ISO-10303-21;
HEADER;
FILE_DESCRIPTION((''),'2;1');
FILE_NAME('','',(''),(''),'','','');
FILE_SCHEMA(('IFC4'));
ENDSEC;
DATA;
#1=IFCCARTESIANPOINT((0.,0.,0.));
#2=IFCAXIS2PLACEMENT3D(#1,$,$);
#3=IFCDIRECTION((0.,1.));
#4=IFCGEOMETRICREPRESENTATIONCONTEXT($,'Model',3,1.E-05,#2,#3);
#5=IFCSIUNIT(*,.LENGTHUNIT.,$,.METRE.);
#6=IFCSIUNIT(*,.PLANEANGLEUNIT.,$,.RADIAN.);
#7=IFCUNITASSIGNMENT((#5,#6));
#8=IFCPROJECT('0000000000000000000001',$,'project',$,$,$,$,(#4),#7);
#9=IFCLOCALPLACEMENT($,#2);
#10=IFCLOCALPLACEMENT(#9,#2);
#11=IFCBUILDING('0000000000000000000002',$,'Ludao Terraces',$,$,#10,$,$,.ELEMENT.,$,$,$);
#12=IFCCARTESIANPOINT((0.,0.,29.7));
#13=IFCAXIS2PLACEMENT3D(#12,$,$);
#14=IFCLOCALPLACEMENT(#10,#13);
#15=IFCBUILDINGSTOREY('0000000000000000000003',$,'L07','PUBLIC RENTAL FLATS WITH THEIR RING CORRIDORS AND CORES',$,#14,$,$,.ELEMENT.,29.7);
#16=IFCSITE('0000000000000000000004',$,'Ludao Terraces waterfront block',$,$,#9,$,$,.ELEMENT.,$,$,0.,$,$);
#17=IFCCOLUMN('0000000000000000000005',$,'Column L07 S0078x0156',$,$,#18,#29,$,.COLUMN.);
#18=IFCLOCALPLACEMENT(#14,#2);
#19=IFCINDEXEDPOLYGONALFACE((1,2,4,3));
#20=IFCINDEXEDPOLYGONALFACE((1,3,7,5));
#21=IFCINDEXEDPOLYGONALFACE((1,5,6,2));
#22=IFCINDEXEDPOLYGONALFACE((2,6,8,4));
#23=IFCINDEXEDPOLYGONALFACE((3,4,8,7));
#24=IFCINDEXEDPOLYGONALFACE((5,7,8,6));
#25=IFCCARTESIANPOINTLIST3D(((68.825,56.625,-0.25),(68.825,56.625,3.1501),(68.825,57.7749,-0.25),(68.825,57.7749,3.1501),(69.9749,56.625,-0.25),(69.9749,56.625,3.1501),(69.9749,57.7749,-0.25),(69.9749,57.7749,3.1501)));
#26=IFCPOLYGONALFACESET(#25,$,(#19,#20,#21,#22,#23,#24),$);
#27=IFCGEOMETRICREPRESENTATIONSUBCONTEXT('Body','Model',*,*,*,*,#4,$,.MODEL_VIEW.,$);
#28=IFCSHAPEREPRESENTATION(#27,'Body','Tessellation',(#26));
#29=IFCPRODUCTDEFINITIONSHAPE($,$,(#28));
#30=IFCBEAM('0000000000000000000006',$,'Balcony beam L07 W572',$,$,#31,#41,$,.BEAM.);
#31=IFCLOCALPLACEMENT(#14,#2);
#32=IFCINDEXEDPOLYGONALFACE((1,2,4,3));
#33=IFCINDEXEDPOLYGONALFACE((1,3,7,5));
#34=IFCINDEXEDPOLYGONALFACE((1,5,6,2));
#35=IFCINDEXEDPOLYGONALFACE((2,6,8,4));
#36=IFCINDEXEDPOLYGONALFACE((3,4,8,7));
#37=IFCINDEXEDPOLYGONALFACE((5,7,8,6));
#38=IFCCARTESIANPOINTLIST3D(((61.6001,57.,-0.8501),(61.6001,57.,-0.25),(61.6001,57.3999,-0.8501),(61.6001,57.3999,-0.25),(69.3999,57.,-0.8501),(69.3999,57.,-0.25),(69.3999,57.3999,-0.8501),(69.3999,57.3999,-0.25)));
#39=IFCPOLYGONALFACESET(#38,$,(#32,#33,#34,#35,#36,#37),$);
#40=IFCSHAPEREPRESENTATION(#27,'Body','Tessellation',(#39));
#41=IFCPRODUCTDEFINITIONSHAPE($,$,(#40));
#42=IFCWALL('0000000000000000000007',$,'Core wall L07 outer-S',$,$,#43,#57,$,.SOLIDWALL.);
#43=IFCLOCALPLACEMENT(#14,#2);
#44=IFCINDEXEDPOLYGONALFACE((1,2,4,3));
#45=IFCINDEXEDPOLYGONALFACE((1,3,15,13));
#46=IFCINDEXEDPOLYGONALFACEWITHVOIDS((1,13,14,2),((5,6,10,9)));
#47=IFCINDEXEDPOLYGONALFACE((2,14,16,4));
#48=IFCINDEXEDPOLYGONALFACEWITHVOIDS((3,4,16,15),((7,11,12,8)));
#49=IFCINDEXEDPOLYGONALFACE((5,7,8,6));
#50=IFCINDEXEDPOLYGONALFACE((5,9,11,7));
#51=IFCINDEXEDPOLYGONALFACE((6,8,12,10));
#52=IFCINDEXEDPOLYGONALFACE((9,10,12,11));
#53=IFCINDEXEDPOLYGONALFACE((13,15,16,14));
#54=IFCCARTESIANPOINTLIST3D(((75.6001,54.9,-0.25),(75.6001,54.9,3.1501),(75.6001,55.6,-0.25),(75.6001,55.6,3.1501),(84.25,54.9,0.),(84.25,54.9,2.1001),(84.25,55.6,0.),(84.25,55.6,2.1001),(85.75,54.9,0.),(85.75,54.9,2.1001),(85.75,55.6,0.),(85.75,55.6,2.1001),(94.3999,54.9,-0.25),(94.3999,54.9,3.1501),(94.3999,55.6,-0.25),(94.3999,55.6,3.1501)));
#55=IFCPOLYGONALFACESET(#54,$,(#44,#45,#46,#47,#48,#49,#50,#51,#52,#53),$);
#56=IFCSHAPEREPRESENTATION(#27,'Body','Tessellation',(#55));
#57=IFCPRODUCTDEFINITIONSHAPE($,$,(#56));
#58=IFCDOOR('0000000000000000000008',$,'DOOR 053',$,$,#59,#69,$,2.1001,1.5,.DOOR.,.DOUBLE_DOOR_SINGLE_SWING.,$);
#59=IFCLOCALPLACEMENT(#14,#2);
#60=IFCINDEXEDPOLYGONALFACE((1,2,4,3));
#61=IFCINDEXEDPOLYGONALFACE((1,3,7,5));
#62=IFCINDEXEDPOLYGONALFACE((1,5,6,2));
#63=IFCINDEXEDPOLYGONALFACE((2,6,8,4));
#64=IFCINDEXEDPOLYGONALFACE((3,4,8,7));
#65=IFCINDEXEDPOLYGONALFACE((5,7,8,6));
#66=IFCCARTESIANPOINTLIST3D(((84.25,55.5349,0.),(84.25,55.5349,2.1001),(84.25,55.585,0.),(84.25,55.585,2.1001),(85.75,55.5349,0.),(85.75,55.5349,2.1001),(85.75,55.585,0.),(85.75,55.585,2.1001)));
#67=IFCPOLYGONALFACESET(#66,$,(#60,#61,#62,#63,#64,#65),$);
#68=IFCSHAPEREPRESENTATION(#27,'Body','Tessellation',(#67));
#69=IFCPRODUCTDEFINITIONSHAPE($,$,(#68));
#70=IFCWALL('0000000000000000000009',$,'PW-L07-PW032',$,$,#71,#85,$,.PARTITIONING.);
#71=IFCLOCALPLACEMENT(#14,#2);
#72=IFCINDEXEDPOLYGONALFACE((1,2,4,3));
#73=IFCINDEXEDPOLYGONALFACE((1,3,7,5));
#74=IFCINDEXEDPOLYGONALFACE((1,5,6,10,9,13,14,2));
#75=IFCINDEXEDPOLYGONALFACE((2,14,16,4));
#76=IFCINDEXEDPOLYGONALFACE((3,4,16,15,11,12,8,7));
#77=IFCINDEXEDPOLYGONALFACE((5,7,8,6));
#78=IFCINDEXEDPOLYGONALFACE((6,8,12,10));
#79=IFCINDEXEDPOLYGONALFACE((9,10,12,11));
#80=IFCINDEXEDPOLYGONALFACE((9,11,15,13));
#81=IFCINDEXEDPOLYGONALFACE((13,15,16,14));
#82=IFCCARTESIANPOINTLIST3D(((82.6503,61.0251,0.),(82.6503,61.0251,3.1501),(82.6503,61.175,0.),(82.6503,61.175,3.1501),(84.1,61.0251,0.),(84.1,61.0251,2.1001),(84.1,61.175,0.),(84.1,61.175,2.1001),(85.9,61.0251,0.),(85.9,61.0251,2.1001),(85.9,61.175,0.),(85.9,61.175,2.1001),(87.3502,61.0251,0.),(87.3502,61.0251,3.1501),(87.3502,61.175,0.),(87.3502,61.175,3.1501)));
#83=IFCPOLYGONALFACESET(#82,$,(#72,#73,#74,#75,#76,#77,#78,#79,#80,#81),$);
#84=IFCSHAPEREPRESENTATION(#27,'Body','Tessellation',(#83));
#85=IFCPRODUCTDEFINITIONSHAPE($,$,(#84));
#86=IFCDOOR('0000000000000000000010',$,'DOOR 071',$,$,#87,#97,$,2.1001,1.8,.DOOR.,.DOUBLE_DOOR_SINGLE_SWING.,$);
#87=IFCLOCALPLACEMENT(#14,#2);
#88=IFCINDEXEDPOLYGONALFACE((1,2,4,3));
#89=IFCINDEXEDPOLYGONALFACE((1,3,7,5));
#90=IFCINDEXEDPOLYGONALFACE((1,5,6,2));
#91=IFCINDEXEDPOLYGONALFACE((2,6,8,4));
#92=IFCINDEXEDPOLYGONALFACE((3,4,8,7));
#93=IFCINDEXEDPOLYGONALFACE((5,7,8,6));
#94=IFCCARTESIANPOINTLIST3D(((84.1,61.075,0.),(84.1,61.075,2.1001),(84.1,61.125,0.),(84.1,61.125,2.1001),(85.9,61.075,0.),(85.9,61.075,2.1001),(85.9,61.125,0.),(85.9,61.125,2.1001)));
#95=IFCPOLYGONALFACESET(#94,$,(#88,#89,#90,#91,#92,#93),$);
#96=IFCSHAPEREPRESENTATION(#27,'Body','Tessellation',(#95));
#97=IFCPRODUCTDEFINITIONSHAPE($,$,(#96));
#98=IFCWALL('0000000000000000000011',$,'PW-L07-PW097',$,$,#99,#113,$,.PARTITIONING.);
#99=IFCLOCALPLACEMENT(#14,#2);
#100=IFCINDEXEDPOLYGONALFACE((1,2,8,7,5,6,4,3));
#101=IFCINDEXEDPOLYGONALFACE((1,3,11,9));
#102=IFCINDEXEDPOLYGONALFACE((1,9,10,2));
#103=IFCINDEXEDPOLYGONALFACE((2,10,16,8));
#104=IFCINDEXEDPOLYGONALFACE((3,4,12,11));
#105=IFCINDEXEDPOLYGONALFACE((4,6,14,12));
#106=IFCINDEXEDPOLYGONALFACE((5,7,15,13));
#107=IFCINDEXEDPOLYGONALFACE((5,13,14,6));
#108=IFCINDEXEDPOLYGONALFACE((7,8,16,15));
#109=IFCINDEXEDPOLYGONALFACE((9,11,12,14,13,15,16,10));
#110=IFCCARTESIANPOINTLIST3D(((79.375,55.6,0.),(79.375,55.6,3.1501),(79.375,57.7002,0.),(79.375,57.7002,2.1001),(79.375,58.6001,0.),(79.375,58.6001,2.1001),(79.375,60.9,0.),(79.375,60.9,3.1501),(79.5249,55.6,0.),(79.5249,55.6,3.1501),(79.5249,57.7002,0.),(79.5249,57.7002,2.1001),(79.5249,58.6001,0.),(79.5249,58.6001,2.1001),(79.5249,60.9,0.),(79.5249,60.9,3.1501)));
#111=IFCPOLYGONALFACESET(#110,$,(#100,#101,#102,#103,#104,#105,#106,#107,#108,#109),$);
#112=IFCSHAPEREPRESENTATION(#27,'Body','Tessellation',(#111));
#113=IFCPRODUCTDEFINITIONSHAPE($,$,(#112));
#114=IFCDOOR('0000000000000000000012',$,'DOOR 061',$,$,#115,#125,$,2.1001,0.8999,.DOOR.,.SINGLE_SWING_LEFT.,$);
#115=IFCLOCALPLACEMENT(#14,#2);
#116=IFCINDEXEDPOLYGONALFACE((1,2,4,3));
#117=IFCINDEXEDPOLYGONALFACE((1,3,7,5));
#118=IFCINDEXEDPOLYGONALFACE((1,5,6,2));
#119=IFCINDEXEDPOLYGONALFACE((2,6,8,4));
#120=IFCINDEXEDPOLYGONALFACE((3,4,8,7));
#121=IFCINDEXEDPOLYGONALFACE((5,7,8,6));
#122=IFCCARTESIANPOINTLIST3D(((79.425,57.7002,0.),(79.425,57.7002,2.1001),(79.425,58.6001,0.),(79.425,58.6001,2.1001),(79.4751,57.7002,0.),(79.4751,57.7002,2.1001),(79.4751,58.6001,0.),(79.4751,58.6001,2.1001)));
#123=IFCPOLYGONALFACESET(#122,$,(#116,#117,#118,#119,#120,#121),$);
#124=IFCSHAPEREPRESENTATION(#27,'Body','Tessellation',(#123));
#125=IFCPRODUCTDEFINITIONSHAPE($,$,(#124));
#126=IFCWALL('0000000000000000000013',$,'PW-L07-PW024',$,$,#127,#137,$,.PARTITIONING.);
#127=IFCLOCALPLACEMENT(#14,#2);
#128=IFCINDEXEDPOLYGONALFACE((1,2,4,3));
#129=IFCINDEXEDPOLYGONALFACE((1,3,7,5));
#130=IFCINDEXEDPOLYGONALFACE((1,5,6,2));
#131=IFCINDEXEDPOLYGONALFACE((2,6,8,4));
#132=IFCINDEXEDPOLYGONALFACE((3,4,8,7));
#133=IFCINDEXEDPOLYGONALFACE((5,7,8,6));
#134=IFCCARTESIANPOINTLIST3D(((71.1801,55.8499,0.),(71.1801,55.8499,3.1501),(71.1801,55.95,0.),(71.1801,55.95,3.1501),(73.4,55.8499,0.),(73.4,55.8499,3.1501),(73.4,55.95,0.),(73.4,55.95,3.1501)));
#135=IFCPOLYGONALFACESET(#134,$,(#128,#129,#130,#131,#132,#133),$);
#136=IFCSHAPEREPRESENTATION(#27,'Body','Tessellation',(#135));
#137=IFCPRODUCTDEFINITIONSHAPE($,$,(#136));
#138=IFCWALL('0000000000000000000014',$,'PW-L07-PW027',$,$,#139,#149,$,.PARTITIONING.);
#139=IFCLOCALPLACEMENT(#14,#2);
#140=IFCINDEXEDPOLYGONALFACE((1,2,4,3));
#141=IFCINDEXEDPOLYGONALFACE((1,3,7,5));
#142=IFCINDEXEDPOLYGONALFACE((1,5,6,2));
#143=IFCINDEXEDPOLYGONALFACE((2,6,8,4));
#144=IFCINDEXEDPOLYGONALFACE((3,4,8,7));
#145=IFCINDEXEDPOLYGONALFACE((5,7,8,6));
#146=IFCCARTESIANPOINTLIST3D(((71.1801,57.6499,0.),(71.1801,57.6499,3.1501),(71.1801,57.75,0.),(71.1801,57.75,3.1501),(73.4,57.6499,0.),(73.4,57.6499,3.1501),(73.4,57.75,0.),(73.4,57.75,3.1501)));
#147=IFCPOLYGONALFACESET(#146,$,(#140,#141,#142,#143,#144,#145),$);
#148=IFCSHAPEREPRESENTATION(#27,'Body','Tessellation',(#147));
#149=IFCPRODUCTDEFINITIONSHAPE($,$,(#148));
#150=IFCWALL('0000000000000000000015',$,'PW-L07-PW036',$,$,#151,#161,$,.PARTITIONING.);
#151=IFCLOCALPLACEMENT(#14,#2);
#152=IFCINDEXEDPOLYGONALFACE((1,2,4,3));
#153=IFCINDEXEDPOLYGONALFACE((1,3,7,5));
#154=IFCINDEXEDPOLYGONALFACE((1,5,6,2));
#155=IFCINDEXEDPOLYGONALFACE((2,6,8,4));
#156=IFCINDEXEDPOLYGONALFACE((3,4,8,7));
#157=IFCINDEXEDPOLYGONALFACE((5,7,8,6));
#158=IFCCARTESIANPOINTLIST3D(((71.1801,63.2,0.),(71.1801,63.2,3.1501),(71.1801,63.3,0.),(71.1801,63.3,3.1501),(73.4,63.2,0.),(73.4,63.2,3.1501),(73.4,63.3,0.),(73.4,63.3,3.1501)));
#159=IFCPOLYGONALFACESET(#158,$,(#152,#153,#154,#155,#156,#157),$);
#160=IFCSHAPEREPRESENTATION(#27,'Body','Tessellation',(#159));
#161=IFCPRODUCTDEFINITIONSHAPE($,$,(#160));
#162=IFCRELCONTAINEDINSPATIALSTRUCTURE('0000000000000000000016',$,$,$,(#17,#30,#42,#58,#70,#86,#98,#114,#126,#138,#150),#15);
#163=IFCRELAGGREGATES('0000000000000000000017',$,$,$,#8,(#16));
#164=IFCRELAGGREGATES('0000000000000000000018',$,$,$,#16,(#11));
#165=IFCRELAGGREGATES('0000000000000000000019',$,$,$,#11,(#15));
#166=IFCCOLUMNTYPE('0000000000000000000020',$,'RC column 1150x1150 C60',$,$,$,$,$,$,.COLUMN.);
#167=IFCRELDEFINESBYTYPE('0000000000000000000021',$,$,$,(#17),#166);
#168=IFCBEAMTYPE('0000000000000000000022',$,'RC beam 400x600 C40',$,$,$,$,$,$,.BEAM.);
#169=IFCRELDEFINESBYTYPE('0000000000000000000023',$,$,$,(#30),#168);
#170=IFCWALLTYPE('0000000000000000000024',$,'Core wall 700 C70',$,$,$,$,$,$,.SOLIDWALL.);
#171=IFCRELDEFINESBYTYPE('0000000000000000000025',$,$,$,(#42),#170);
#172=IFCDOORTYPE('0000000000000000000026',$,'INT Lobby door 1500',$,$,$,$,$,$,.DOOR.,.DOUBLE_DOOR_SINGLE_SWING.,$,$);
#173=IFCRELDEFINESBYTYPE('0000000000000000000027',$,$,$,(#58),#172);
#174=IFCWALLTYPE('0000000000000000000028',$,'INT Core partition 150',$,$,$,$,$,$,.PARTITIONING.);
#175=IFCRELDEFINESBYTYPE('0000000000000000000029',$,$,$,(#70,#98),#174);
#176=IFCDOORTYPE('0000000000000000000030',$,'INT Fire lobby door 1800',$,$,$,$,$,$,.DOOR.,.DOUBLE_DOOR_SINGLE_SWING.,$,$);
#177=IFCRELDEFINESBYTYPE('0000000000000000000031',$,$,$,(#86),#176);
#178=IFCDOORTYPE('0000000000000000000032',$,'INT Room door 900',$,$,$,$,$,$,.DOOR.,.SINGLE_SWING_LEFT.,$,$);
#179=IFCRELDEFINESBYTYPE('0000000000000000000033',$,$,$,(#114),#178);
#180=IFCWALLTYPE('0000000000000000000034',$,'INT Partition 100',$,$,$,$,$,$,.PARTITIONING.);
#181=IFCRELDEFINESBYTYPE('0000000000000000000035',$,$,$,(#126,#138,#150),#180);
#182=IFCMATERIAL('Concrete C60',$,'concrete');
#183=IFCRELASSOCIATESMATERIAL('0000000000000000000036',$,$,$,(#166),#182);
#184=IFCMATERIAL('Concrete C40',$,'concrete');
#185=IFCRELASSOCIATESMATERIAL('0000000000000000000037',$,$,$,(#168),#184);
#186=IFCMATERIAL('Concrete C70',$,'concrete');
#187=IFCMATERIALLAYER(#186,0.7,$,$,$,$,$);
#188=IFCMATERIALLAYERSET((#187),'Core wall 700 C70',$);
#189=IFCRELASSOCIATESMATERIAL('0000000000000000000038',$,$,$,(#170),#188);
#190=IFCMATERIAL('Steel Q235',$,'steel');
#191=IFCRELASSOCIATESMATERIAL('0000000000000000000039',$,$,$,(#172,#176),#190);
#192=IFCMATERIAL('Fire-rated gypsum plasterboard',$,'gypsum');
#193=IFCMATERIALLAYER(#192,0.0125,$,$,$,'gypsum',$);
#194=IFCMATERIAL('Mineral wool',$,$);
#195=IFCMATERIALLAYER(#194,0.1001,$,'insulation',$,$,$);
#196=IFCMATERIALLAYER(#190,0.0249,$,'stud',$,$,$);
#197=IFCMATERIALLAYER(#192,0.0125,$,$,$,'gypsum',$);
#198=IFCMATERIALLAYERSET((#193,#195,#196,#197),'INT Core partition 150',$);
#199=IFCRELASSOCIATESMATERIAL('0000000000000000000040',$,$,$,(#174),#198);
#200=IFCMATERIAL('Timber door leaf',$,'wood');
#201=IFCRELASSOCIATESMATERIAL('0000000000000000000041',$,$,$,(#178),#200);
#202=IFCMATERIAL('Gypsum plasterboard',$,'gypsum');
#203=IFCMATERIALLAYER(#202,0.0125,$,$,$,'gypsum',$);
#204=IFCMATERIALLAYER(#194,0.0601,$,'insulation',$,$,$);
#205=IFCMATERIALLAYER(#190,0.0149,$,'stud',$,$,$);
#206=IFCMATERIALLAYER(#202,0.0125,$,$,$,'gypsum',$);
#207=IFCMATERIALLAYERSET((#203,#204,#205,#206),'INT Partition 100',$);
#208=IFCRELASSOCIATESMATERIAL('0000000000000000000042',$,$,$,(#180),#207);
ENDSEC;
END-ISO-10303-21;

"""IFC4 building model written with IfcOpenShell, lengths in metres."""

from ifc_helpers import new_model, si_unit, direction, frame, frame_2d, origin, origin_2d, place, context, subcontext, project, spatial, rectangle, extrude, material, layer, layer_set, material_profile, profile_set, type_object, element, fill, save


model = new_model("IFC4")

# Units and contexts
model_context = context("Model", 3, precision=1e-05, world=origin(), true_north=direction((0.0, 1.0)))
body_context = subcontext(model_context, "Body", "Model", "MODEL_VIEW")
ifc_project = project(units=[si_unit("LENGTHUNIT", "METRE"), si_unit("PLANEANGLEUNIT", "RADIAN")], contexts=[model_context])

# Site, building, storey
site_placement = place(None, origin())
site = spatial("IfcSite", under=ifc_project, at=site_placement, Name="Ludao Terraces waterfront block", CompositionType="ELEMENT", RefElevation=0.0)
building_placement = place(site_placement, origin())
building = spatial("IfcBuilding", under=site, at=building_placement, Name="Ludao Terraces", CompositionType="ELEMENT")
storey_placement = place(building_placement, frame((0.0, 0.0, 29.7)))
storey = spatial("IfcBuildingStorey", under=building, at=storey_placement, Name="L07", Description="PUBLIC RENTAL FLATS WITH THEIR RING CORRIDORS AND CORES", CompositionType="ELEMENT", Elevation=29.7)

# Column
ifc_material_1 = material(Name="Concrete C60", Category="concrete")
ifc_material_profile_1 = material_profile(ifc_material_1, rectangle(XDim=1.1499, YDim=1.1499, at=origin_2d()), Name="1150 X 1150")
ifc_profile_set_1 = profile_set([ifc_material_profile_1], Name="Concrete C60")
column_type = type_object("IfcColumnType", Name="RC column 1150x1150 C60", PredefinedType="COLUMN", material=ifc_profile_set_1)
column_placement = place(storey_placement, frame((69.3999, 57.2, -0.25), z_axis=(0.0, 0.0, 1.0), x_axis=(1.0, 0.0, 0.0)))
element("IfcColumn", 1, at=column_placement, inside=storey, type_object=column_type, Name="Column L07 S0078x0156", PredefinedType="COLUMN", context=body_context, shape_type="SweptSolid", body=[
    extrude(rectangle(XDim=1.1499, YDim=1.1499, at=origin_2d()), origin(), (0.0, 0.0, 1.0), 3.4001),
])

# Beam
ifc_material_2 = material(Name="Concrete C40", Category="concrete")
ifc_material_profile_2 = material_profile(ifc_material_2, rectangle(XDim=0.3999, YDim=0.6001, at=origin_2d()), Name="400 X 600")
ifc_profile_set_2 = profile_set([ifc_material_profile_2], Name="Concrete C40")
beam_type = type_object("IfcBeamType", Name="RC beam 400x600 C40", PredefinedType="BEAM", material=ifc_profile_set_2)
beam_placement = place(storey_placement, frame((69.3999, 57.2, -0.55), z_axis=(-1.0, 0.0, 0.0), x_axis=(0.0, -1.0, 0.0)))
element("IfcBeam", 2, at=beam_placement, inside=storey, type_object=beam_type, Name="Balcony beam L07 W572", PredefinedType="BEAM", context=body_context, shape_type="SweptSolid", body=[
    extrude(rectangle(XDim=0.3999, YDim=0.6001, at=origin_2d()), origin(), (0.0, 0.0, 1.0), 7.7998),
])

# Walls, openings, doors
ifc_material_3 = material(Name="Concrete C70", Category="concrete")
ifc_layer_1 = layer(ifc_material_3, 0.7)
ifc_layer_set_1 = layer_set([ifc_layer_1], Name="Core wall 700 C70")
wall_type_1 = type_object("IfcWallType", Name="Core wall 700 C70", PredefinedType="SOLIDWALL", material=ifc_layer_set_1)
wall_1_placement = place(storey_placement, frame((75.6001, 55.25, -0.25), z_axis=(0.0, 0.0, 1.0), x_axis=(1.0, 0.0, 0.0)))
wall_1 = element("IfcWall", 3, at=wall_1_placement, inside=storey, type_object=wall_type_1, Name="Core wall L07 outer-S", PredefinedType="SOLIDWALL", context=body_context, shape_type="SweptSolid", body=[
    extrude(rectangle(XDim=18.7998, YDim=0.7, at=frame_2d((9.3999, 0.0))), origin(), (0.0, 0.0, 1.0), 3.4001),
])
opening_1_placement = place(wall_1_placement, frame((8.6499, 0.0, 0.25)))
opening_1 = element("IfcOpeningElement", 4, at=opening_1_placement, cuts=wall_1, PredefinedType="OPENING", context=body_context, shape_type="SweptSolid", body=[
    extrude(rectangle(XDim=1.5, YDim=2.1001, at=frame_2d((0.75, 1.05))), frame((0.0, 0.3599, 0.0), z_axis=(0.0, -1.0, 0.0), x_axis=(1.0, 0.0, 0.0)), (0.0, 0.0, 1.0), 0.72),
])
ifc_material_4 = material(Name="Steel Q235", Category="steel")
door_type_1 = type_object("IfcDoorType", Name="INT Lobby door 1500", OperationType="DOUBLE_DOOR_SINGLE_SWING", PredefinedType="DOOR", material=ifc_material_4)
door_1_placement = place(opening_1_placement, origin())
door_1 = element("IfcDoor", 5, at=door_1_placement, inside=storey, type_object=door_type_1, Name="DOOR 053", OperationType="DOUBLE_DOOR_SINGLE_SWING", OverallHeight=2.1001, OverallWidth=1.5, PredefinedType="DOOR", context=body_context, shape_type="SweptSolid", body=[
    extrude(rectangle(XDim=1.5, YDim=2.1001, at=frame_2d((0.75, 1.05))), frame((0.0, 0.335, 0.0), z_axis=(0.0, -1.0, 0.0), x_axis=(1.0, 0.0, 0.0)), (0.0, 0.0, 1.0), 0.05),
])
fill(opening_1, door_1)
ifc_material_5 = material(Name="Fire-rated gypsum plasterboard", Category="gypsum")
ifc_layer_2 = layer(ifc_material_5, 0.0125, Category="gypsum")
ifc_material_6 = material(Name="Mineral wool")
ifc_layer_3 = layer(ifc_material_6, 0.1001, Name="insulation")
ifc_layer_4 = layer(ifc_material_4, 0.0249, Name="stud")
ifc_layer_5 = layer(ifc_material_5, 0.0125, Category="gypsum")
ifc_layer_set_2 = layer_set([ifc_layer_2, ifc_layer_3, ifc_layer_4, ifc_layer_5], Name="INT Core partition 150")
wall_type_2 = type_object("IfcWallType", Name="INT Core partition 150", PredefinedType="PARTITIONING", material=ifc_layer_set_2)
wall_2_placement = place(storey_placement, frame((82.6501, 61.1001, 0.0), z_axis=(0.0, 0.0, 1.0), x_axis=(1.0, 0.0, 0.0)))
wall_2 = element("IfcWall", 6, at=wall_2_placement, inside=storey, type_object=wall_type_2, Name="PW-L07-PW032", PredefinedType="PARTITIONING", context=body_context, shape_type="SweptSolid", body=[
    extrude(rectangle(XDim=4.7, YDim=0.1499, at=frame_2d((2.3501, 0.0))), origin(), (0.0, 0.0, 1.0), 3.1501),
])
opening_2_placement = place(wall_2_placement, frame((1.45, 0.0, 0.0)))
opening_2 = element("IfcOpeningElement", 7, at=opening_2_placement, cuts=wall_2, PredefinedType="OPENING", context=body_context, shape_type="SweptSolid", body=[
    extrude(rectangle(XDim=1.8, YDim=2.1001, at=frame_2d((0.8999, 1.05))), frame((0.0, 0.085, 0.0), z_axis=(0.0, -1.0, 0.0), x_axis=(1.0, 0.0, 0.0)), (0.0, 0.0, 1.0), 0.1699),
])
door_type_2 = type_object("IfcDoorType", Name="INT Fire lobby door 1800", OperationType="DOUBLE_DOOR_SINGLE_SWING", PredefinedType="DOOR", material=ifc_material_4)
door_2_placement = place(opening_2_placement, origin())
door_2 = element("IfcDoor", 8, at=door_2_placement, inside=storey, type_object=door_type_2, Name="DOOR 071", OperationType="DOUBLE_DOOR_SINGLE_SWING", OverallHeight=2.1001, OverallWidth=1.8, PredefinedType="DOOR", context=body_context, shape_type="SweptSolid", body=[
    extrude(rectangle(XDim=1.8, YDim=2.1001, at=frame_2d((0.8999, 1.05))), frame((0.0, 0.0249, 0.0), z_axis=(0.0, -1.0, 0.0), x_axis=(1.0, 0.0, 0.0)), (0.0, 0.0, 1.0), 0.05),
])
fill(opening_2, door_2)
wall_3_placement = place(storey_placement, frame((79.45, 55.6001, 0.0), z_axis=(0.0, 0.0, 1.0), x_axis=(0.0, 1.0, 0.0)))
wall_3 = element("IfcWall", 9, at=wall_3_placement, inside=storey, type_object=wall_type_2, Name="PW-L07-PW097", PredefinedType="PARTITIONING", context=body_context, shape_type="SweptSolid", body=[
    extrude(rectangle(XDim=5.3, YDim=0.1499, at=frame_2d((2.6499, 0.0))), origin(), (0.0, 0.0, 1.0), 3.1501),
])
opening_3_placement = place(wall_3_placement, frame((2.1001, 0.0, 0.0)))
opening_3 = element("IfcOpeningElement", 10, at=opening_3_placement, cuts=wall_3, PredefinedType="OPENING", context=body_context, shape_type="SweptSolid", body=[
    extrude(rectangle(XDim=0.8999, YDim=2.1001, at=frame_2d((0.45, 1.05))), frame((0.0, 0.085, 0.0), z_axis=(0.0, -1.0, 0.0), x_axis=(1.0, 0.0, 0.0)), (0.0, 0.0, 1.0), 0.1699),
])
ifc_material_7 = material(Name="Timber door leaf", Category="wood")
door_type_3 = type_object("IfcDoorType", Name="INT Room door 900", OperationType="SINGLE_SWING_LEFT", PredefinedType="DOOR", material=ifc_material_7)
door_3_placement = place(opening_3_placement, origin())
door_3 = element("IfcDoor", 11, at=door_3_placement, inside=storey, type_object=door_type_3, Name="DOOR 061", OperationType="SINGLE_SWING_LEFT", OverallHeight=2.1001, OverallWidth=0.8999, PredefinedType="DOOR", context=body_context, shape_type="SweptSolid", body=[
    extrude(rectangle(XDim=0.8999, YDim=2.1001, at=frame_2d((0.45, 1.05))), frame((0.0, 0.0249, 0.0), z_axis=(0.0, -1.0, 0.0), x_axis=(1.0, 0.0, 0.0)), (0.0, 0.0, 1.0), 0.05),
])
fill(opening_3, door_3)

# Walls
ifc_material_8 = material(Name="Gypsum plasterboard", Category="gypsum")
ifc_layer_6 = layer(ifc_material_8, 0.0125, Category="gypsum")
ifc_layer_7 = layer(ifc_material_6, 0.0601, Name="insulation")
ifc_layer_8 = layer(ifc_material_4, 0.0149, Name="stud")
ifc_layer_9 = layer(ifc_material_8, 0.0125, Category="gypsum")
ifc_layer_set_3 = layer_set([ifc_layer_6, ifc_layer_7, ifc_layer_8, ifc_layer_9], Name="INT Partition 100")
wall_type_3 = type_object("IfcWallType", Name="INT Partition 100", PredefinedType="PARTITIONING", material=ifc_layer_set_3)
for number, where, z_axis, x_axis, name in (
    (12, (71.1802, 55.8999, 0.0), (0.0, 0.0, 1.0), (1.0, 0.0, 0.0), "PW-L07-PW024"),
    (13, (71.1802, 57.7, 0.0), (0.0, 0.0, 1.0), (1.0, 0.0, 0.0), "PW-L07-PW027"),
    (14, (71.1802, 63.25, 0.0), (0.0, 0.0, 1.0), (1.0, 0.0, 0.0), "PW-L07-PW036"),
):
    element("IfcWall", number, at=place(storey_placement, frame(where, z_axis=z_axis, x_axis=x_axis)), inside=storey, type_object=wall_type_3, Name=name, PredefinedType="PARTITIONING", context=body_context, shape_type="SweptSolid", body=[
        extrude(rectangle(XDim=2.22, YDim=0.1001, at=frame_2d((1.1099, 0.0))), origin(), (0.0, 0.0, 1.0), 3.1501),
    ])

save(model, "model.ifc")
